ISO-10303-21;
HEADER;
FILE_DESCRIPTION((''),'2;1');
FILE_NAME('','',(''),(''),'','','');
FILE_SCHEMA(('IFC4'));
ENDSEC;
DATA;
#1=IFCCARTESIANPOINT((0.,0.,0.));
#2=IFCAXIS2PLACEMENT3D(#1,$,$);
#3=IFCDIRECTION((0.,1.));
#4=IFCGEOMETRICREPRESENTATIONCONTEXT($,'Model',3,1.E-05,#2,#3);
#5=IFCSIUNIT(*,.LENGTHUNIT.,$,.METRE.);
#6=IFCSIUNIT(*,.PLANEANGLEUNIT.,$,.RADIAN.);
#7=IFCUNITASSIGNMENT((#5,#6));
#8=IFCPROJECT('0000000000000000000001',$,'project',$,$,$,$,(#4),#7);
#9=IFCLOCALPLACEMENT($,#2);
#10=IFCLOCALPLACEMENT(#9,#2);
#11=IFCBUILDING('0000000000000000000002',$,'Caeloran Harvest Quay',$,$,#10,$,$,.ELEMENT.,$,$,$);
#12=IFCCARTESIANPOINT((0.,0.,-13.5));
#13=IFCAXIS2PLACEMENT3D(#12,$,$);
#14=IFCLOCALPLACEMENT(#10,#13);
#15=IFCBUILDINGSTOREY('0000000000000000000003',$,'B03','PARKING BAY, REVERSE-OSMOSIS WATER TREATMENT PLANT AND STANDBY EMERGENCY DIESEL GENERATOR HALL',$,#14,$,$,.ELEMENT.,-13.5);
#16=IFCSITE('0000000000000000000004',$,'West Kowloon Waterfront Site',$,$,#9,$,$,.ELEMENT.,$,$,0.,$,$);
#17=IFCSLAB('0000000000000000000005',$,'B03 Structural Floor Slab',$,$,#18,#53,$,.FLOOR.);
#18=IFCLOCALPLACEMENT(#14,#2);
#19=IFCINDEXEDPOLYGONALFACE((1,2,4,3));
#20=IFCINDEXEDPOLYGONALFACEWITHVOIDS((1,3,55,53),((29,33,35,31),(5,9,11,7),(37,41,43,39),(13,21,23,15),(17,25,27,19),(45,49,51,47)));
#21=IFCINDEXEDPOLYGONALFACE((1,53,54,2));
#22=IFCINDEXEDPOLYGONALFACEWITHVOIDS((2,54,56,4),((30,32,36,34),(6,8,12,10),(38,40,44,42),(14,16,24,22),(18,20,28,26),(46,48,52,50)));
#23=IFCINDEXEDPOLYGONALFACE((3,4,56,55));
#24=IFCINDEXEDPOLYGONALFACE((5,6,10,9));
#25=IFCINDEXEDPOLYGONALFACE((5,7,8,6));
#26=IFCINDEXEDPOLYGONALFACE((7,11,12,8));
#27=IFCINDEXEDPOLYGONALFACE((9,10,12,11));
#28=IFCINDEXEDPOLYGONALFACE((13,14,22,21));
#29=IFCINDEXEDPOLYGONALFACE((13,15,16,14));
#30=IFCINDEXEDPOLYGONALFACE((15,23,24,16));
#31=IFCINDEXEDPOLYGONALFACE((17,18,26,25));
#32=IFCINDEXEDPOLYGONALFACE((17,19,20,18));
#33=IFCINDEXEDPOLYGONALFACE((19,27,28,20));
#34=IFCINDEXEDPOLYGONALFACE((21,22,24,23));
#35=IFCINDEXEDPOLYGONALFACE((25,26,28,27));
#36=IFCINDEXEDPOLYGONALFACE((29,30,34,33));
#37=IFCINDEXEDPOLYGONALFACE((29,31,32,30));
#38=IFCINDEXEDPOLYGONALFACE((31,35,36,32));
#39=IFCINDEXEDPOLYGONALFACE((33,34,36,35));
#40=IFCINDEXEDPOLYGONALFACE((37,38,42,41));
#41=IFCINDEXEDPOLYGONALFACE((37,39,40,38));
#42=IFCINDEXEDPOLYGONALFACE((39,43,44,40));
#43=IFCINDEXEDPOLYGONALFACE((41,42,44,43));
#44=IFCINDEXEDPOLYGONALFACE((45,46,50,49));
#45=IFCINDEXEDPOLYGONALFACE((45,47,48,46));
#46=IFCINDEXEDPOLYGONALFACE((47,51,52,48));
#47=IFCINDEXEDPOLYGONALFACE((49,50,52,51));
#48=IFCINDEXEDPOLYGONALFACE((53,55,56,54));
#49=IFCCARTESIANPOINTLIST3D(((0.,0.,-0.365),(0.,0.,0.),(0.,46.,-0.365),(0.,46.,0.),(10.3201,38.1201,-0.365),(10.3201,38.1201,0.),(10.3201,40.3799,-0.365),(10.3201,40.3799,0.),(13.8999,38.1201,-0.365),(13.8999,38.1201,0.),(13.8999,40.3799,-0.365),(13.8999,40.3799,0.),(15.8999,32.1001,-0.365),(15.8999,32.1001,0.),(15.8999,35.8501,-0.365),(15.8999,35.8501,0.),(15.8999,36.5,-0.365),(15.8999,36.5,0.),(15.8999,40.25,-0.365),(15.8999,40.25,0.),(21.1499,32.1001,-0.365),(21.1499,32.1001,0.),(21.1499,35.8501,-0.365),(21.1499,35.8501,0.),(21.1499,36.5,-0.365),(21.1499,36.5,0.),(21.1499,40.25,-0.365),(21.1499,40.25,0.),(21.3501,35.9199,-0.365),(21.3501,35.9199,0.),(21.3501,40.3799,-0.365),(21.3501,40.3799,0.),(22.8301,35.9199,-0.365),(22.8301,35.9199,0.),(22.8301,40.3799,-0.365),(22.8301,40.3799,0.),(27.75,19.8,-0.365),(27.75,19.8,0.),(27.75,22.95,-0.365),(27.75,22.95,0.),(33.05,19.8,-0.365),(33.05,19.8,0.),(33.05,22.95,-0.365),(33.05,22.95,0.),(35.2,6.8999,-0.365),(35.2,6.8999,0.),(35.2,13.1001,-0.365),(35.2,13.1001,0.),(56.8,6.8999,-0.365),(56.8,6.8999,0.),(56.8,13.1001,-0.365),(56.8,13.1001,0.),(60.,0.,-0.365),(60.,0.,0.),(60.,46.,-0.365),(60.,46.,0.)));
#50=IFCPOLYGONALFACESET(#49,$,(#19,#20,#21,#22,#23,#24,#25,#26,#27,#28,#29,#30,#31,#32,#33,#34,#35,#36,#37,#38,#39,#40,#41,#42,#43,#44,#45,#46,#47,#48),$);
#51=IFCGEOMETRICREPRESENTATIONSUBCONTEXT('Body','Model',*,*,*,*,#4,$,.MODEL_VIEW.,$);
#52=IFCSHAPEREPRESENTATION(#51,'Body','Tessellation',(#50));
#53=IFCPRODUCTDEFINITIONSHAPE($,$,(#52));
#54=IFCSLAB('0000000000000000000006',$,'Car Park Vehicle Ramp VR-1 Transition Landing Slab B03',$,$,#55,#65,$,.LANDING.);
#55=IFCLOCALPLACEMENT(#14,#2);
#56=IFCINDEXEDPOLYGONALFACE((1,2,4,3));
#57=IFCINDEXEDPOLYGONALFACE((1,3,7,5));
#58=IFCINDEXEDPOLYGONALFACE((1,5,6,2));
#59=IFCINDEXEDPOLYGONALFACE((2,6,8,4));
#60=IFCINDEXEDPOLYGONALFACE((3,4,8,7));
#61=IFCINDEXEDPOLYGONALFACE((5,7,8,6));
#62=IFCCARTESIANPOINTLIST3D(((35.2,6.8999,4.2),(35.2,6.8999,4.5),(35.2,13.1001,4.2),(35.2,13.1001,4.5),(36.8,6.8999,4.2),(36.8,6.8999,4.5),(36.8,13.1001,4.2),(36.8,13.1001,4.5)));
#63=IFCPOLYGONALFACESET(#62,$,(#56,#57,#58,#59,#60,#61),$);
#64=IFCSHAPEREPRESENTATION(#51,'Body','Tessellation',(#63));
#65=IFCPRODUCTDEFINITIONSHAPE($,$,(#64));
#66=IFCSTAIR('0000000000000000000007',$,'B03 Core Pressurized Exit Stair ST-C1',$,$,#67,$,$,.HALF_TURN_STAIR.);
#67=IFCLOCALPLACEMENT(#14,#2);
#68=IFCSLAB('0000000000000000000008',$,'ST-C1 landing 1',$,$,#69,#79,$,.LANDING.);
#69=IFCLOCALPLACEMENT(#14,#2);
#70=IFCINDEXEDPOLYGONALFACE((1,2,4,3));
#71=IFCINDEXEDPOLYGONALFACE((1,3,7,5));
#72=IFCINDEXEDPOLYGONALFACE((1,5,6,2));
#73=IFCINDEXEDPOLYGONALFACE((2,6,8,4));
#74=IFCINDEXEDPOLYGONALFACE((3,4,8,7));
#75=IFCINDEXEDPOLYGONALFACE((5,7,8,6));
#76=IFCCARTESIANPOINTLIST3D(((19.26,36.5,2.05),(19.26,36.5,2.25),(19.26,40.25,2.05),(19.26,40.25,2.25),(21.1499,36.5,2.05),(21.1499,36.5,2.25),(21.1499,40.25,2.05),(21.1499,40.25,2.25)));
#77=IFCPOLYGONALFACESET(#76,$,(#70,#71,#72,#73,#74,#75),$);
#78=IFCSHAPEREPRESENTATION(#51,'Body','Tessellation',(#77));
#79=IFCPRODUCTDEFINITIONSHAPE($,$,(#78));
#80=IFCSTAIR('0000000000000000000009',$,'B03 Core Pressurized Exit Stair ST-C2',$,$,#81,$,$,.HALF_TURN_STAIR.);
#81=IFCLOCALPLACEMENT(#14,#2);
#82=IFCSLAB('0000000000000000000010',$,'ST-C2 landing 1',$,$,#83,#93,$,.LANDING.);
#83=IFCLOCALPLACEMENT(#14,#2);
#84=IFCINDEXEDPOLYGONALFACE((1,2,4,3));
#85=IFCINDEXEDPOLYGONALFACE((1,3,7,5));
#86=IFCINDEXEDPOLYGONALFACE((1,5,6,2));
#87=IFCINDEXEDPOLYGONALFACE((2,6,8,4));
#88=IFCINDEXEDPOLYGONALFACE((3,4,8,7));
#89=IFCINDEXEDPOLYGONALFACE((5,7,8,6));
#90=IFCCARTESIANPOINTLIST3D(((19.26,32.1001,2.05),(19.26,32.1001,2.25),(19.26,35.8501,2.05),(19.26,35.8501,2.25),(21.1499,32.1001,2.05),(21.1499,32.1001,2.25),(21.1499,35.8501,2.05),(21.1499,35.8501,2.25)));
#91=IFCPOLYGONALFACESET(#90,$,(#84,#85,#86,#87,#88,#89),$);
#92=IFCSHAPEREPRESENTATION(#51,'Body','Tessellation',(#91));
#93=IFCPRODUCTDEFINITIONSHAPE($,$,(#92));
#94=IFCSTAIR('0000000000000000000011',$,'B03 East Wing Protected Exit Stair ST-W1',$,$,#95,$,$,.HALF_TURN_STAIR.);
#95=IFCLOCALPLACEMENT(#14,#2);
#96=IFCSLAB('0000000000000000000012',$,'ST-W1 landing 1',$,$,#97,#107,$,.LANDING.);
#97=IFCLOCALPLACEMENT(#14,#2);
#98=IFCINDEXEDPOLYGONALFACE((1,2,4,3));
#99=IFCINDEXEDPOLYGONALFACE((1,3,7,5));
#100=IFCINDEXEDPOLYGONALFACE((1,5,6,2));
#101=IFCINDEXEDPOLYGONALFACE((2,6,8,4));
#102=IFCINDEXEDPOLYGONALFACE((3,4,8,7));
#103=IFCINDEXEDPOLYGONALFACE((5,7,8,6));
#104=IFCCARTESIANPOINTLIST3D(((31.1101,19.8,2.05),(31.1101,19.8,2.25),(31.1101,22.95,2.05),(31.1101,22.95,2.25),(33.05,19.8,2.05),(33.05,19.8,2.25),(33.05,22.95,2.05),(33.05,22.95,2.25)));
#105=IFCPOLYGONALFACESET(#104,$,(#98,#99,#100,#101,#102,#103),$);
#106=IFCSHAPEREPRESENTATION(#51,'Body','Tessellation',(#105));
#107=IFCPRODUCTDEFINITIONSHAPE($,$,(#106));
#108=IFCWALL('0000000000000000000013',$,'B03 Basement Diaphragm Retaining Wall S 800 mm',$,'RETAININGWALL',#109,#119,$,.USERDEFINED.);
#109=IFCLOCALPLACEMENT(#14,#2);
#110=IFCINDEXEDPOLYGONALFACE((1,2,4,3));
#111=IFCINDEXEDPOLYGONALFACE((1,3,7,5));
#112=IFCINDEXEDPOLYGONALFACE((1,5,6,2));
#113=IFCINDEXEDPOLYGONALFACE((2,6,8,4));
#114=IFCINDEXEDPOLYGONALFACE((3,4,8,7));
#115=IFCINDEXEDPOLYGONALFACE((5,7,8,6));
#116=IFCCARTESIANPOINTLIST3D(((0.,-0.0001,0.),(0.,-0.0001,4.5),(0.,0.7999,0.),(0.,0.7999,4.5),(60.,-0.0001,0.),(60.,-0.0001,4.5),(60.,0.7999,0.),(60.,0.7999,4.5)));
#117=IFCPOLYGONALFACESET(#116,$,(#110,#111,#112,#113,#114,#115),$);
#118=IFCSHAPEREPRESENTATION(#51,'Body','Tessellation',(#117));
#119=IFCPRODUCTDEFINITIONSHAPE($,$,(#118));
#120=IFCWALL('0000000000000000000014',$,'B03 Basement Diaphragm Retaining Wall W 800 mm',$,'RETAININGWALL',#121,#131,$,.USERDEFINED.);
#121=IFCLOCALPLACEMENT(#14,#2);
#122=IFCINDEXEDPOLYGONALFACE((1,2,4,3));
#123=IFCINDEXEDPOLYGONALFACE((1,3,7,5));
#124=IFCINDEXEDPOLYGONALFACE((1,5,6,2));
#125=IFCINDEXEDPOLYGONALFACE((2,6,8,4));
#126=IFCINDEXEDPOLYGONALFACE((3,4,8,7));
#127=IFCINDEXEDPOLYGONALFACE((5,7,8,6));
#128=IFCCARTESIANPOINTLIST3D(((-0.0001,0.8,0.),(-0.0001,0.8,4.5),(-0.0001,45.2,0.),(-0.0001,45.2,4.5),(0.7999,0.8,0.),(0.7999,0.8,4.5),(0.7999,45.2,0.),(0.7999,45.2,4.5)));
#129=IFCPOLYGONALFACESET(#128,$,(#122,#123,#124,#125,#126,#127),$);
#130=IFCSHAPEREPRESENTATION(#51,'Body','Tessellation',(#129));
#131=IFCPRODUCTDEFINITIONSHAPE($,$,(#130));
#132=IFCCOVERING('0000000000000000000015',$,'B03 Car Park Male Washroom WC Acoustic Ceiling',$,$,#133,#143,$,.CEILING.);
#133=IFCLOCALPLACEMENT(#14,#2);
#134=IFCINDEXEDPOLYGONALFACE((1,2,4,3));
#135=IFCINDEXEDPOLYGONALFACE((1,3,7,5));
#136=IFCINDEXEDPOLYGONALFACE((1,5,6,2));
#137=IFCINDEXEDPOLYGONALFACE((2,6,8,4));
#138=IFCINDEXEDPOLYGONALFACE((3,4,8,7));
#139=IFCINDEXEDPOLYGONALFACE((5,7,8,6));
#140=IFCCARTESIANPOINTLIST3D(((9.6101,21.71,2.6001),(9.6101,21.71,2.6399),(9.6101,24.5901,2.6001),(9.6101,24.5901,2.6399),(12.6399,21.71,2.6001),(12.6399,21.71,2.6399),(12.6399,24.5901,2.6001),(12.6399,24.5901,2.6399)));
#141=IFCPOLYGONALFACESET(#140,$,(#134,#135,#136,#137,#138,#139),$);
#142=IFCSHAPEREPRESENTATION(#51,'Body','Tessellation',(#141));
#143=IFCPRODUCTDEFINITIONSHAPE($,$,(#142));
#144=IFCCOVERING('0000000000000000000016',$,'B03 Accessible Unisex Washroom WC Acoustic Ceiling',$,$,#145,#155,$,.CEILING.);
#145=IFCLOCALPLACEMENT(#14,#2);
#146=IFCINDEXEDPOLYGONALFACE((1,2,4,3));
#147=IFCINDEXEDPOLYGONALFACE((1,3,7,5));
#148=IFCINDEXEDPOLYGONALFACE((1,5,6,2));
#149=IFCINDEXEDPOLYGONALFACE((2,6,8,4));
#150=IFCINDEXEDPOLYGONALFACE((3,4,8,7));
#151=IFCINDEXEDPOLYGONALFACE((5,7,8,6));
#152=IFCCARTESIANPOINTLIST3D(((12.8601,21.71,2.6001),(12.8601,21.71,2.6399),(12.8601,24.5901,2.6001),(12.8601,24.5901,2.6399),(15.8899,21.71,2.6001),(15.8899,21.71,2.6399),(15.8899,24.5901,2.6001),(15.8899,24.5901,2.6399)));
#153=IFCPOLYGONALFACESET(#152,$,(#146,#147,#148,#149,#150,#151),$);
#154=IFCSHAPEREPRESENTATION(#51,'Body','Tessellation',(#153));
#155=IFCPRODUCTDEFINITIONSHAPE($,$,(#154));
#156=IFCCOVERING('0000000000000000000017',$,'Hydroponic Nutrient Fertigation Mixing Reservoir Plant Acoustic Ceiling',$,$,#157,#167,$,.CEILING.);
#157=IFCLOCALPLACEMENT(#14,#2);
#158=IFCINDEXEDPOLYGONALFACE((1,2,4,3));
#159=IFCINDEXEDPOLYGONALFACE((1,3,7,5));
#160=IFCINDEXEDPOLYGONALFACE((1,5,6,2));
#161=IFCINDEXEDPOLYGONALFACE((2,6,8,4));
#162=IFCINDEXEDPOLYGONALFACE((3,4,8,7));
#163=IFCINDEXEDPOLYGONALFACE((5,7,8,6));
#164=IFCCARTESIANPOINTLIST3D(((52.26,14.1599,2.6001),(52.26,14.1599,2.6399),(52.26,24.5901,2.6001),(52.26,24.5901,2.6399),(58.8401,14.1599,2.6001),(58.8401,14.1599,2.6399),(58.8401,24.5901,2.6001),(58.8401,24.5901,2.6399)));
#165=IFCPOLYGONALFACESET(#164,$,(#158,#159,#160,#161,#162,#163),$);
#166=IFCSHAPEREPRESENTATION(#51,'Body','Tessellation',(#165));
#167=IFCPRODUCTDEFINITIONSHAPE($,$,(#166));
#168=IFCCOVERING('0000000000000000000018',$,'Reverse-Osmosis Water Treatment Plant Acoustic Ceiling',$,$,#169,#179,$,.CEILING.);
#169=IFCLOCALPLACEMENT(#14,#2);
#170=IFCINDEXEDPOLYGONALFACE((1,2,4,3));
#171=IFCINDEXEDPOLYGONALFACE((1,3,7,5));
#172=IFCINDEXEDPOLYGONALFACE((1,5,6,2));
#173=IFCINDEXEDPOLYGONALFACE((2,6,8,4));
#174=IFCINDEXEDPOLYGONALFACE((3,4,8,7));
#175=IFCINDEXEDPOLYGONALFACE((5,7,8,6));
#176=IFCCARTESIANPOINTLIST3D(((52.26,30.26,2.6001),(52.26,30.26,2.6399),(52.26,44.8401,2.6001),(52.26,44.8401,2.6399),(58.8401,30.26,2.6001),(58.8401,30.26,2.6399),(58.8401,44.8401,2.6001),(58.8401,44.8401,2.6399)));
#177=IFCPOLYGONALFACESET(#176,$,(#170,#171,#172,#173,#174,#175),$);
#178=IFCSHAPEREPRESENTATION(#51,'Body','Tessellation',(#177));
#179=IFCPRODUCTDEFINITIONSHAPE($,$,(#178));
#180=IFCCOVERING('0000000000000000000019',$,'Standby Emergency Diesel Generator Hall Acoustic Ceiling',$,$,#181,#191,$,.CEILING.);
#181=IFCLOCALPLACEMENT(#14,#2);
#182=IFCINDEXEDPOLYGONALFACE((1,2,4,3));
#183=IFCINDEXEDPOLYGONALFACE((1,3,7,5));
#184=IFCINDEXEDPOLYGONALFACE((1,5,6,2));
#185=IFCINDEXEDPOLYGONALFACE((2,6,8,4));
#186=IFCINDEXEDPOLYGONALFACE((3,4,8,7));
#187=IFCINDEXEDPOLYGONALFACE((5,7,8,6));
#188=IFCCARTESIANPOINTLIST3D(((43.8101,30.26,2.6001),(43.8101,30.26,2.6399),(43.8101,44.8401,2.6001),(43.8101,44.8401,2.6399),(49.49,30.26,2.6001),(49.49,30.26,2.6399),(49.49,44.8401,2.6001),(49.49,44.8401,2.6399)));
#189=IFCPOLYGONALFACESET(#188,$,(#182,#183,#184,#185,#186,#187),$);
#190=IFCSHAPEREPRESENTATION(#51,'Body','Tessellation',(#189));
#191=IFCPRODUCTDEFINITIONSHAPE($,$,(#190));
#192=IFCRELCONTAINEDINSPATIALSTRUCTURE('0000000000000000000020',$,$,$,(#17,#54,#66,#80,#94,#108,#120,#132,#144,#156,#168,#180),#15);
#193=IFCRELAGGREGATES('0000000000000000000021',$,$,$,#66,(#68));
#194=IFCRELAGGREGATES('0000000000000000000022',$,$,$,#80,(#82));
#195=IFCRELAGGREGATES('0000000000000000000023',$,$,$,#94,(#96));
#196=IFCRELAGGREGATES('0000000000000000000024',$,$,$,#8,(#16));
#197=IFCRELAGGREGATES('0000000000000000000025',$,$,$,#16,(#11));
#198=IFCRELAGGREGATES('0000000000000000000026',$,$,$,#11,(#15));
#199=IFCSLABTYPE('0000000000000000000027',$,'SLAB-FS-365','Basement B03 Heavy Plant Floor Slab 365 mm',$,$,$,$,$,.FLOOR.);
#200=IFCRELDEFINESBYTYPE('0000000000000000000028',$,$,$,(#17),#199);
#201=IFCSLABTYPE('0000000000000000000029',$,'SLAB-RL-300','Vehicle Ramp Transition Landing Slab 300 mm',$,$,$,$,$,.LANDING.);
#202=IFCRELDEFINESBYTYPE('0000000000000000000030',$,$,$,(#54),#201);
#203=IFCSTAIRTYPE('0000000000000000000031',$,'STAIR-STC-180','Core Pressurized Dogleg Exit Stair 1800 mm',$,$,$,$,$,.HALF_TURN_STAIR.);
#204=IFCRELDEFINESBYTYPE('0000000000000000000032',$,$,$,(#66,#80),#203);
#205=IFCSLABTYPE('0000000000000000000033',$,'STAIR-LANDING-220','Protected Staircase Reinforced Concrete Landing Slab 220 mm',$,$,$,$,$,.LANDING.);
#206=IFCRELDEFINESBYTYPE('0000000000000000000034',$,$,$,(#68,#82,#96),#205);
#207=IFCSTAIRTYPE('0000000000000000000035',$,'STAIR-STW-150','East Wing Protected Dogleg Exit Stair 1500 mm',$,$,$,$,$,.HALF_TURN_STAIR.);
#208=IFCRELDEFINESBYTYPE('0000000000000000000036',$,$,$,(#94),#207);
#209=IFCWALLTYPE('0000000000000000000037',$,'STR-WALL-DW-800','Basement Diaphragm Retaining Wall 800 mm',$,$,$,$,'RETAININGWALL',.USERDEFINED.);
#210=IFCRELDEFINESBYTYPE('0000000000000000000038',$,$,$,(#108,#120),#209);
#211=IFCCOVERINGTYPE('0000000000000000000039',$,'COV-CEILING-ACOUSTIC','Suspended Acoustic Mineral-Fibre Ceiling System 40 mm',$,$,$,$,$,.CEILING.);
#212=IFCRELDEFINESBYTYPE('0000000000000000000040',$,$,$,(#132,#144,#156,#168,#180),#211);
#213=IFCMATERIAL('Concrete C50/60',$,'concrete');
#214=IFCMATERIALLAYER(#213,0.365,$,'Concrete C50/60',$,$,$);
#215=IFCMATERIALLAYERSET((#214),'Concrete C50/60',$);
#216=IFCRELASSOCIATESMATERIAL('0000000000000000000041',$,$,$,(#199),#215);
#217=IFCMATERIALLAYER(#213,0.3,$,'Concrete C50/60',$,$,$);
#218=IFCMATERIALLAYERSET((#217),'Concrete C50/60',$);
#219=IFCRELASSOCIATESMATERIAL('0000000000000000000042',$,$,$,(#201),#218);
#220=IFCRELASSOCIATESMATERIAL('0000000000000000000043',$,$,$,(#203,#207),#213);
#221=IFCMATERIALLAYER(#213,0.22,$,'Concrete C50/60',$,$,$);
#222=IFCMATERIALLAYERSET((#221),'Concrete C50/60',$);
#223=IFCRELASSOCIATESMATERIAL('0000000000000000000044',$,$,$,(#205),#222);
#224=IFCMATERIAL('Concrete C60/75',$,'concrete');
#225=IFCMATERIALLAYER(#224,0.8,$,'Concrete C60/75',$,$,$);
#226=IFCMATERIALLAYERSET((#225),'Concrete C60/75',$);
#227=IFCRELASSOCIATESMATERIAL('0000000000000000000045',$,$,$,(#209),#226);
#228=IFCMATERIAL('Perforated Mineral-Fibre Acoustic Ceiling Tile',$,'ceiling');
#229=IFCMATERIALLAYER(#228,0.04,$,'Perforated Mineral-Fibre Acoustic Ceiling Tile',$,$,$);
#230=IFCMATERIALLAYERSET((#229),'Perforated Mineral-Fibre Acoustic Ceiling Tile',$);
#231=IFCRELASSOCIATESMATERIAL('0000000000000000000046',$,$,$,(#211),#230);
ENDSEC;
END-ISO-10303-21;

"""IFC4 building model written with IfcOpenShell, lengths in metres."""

from ifc_helpers import new_model, si_unit, direction, frame, frame_2d, origin, place, context, subcontext, project, spatial, polyline, rectangle, outline, extrude, material, layer, layer_set, type_object, element, aggregate, save


model = new_model("IFC4")

# Units and contexts
model_context = context("Model", 3, precision=1e-05, world=origin(), true_north=direction((0.0, 1.0)))
body_context = subcontext(model_context, "Body", "Model", "MODEL_VIEW")
ifc_project = project(units=[si_unit("LENGTHUNIT", "METRE"), si_unit("PLANEANGLEUNIT", "RADIAN")], contexts=[model_context])

# Site, building, storey
site_placement = place(None, origin())
site = spatial("IfcSite", under=ifc_project, at=site_placement, Name="West Kowloon Waterfront Site", CompositionType="ELEMENT", RefElevation=0.0)
building_placement = place(site_placement, origin())
building = spatial("IfcBuilding", under=site, at=building_placement, Name="Caeloran Harvest Quay", CompositionType="ELEMENT")
storey_placement = place(building_placement, frame((0.0, 0.0, -13.5)))
storey = spatial("IfcBuildingStorey", under=building, at=storey_placement, Name="B03", Description="PARKING BAY, REVERSE-OSMOSIS WATER TREATMENT PLANT AND STANDBY EMERGENCY DIESEL GENERATOR HALL", CompositionType="ELEMENT", Elevation=-13.5)

# Slabs
ifc_material_1 = material(Name="Concrete C50/60", Category="concrete")
ifc_layer_1 = layer(ifc_material_1, 0.365, Name="Concrete C50/60")
ifc_layer_set_1 = layer_set([ifc_layer_1], Name="Concrete C50/60")
slab_type_1 = type_object("IfcSlabType", Name="SLAB-FS-365", Description="Basement B03 Heavy Plant Floor Slab 365 mm", PredefinedType="FLOOR", material=ifc_layer_set_1)
slab_1_placement = place(storey_placement, frame((0.0, 0.0, -0.365)))
element("IfcSlab", 1, at=slab_1_placement, inside=storey, type_object=slab_type_1, Name="B03 Structural Floor Slab", PredefinedType="FLOOR", context=body_context, shape_type="SweptSolid", body=[
    extrude(outline(polyline([(0.0, 0.0), (60.0, 0.0), (60.0, 46.0), (0.0, 46.0), (0.0, 0.0)]), holes=[polyline([(56.8, 13.1001), (56.8, 6.8999), (35.2, 6.8999), (35.2, 13.1001), (56.8, 13.1001)]), polyline([(27.75, 19.8), (27.75, 22.95), (33.05, 22.95), (33.05, 19.8), (27.75, 19.8)]), polyline([(15.8999, 32.1001), (15.8999, 35.8501), (21.1499, 35.8501), (21.1499, 32.1001), (15.8999, 32.1001)]), polyline([(22.8301, 40.3799), (22.8301, 35.9199), (21.3501, 35.9199), (21.3501, 40.3799), (22.8301, 40.3799)]), polyline([(15.8999, 36.5), (15.8999, 40.25), (21.1499, 40.25), (21.1499, 36.5), (15.8999, 36.5)]), polyline([(13.8999, 38.1201), (10.3201, 38.1201), (10.3201, 40.3799), (13.8999, 40.3799), (13.8999, 38.1201)])]), origin(), (0.0, 0.0, 1.0), 0.365),
])
ifc_layer_2 = layer(ifc_material_1, 0.3, Name="Concrete C50/60")
ifc_layer_set_2 = layer_set([ifc_layer_2], Name="Concrete C50/60")
slab_type_2 = type_object("IfcSlabType", Name="SLAB-RL-300", Description="Vehicle Ramp Transition Landing Slab 300 mm", PredefinedType="LANDING", material=ifc_layer_set_2)
slab_2_placement = place(storey_placement, frame((0.0, 0.0, 4.2)))
element("IfcSlab", 2, at=slab_2_placement, inside=storey, type_object=slab_type_2, Name="Car Park Vehicle Ramp VR-1 Transition Landing Slab B03", PredefinedType="LANDING", context=body_context, shape_type="SweptSolid", body=[
    extrude(outline(polyline([(35.2, 6.8999), (36.8, 6.8999), (36.8, 13.1001), (35.2, 13.1001), (35.2, 6.8999)])), origin(), (0.0, 0.0, 1.0), 0.3),
])

# Stairs, slabs
stair_type_1 = type_object("IfcStairType", Name="STAIR-STC-180", Description="Core Pressurized Dogleg Exit Stair 1800 mm", PredefinedType="HALF_TURN_STAIR", material=ifc_material_1)
stair_1_placement = place(storey_placement, origin())
stair_1 = element("IfcStair", 3, at=stair_1_placement, inside=storey, type_object=stair_type_1, Name="B03 Core Pressurized Exit Stair ST-C1", PredefinedType="HALF_TURN_STAIR")
ifc_layer_3 = layer(ifc_material_1, 0.22, Name="Concrete C50/60")
ifc_layer_set_3 = layer_set([ifc_layer_3], Name="Concrete C50/60")
slab_type_3 = type_object("IfcSlabType", Name="STAIR-LANDING-220", Description="Protected Staircase Reinforced Concrete Landing Slab 220 mm", PredefinedType="LANDING", material=ifc_layer_set_3)
slab_3_placement = place(storey_placement, frame((0.0, 0.0, 2.05)))
slab_3 = element("IfcSlab", 4, at=slab_3_placement, type_object=slab_type_3, Name="ST-C1 landing 1", PredefinedType="LANDING", context=body_context, shape_type="SweptSolid", body=[
    extrude(outline(polyline([(19.26, 36.5), (21.1499, 36.5), (21.1499, 40.25), (19.26, 40.25), (19.26, 36.5)])), origin(), (0.0, 0.0, 1.0), 0.2),
])
aggregate(stair_1, [slab_3])
stair_2_placement = place(storey_placement, origin())
stair_2 = element("IfcStair", 5, at=stair_2_placement, inside=storey, type_object=stair_type_1, Name="B03 Core Pressurized Exit Stair ST-C2", PredefinedType="HALF_TURN_STAIR")
slab_4_placement = place(storey_placement, frame((0.0, 0.0, 2.05)))
slab_4 = element("IfcSlab", 6, at=slab_4_placement, type_object=slab_type_3, Name="ST-C2 landing 1", PredefinedType="LANDING", context=body_context, shape_type="SweptSolid", body=[
    extrude(outline(polyline([(19.26, 32.1001), (21.1499, 32.1001), (21.1499, 35.8501), (19.26, 35.8501), (19.26, 32.1001)])), origin(), (0.0, 0.0, 1.0), 0.2),
])
aggregate(stair_2, [slab_4])
stair_type_2 = type_object("IfcStairType", Name="STAIR-STW-150", Description="East Wing Protected Dogleg Exit Stair 1500 mm", PredefinedType="HALF_TURN_STAIR", material=ifc_material_1)
stair_3_placement = place(storey_placement, origin())
stair_3 = element("IfcStair", 7, at=stair_3_placement, inside=storey, type_object=stair_type_2, Name="B03 East Wing Protected Exit Stair ST-W1", PredefinedType="HALF_TURN_STAIR")
slab_5_placement = place(storey_placement, frame((0.0, 0.0, 2.05)))
slab_5 = element("IfcSlab", 8, at=slab_5_placement, type_object=slab_type_3, Name="ST-W1 landing 1", PredefinedType="LANDING", context=body_context, shape_type="SweptSolid", body=[
    extrude(outline(polyline([(31.1101, 19.8), (33.05, 19.8), (33.05, 22.95), (31.1101, 22.95), (31.1101, 19.8)])), origin(), (0.0, 0.0, 1.0), 0.2),
])
aggregate(stair_3, [slab_5])

# Walls
ifc_material_2 = material(Name="Concrete C60/75", Category="concrete")
ifc_layer_4 = layer(ifc_material_2, 0.8, Name="Concrete C60/75")
ifc_layer_set_4 = layer_set([ifc_layer_4], Name="Concrete C60/75")
wall_type = type_object("IfcWallType", Name="STR-WALL-DW-800", Description="Basement Diaphragm Retaining Wall 800 mm", ElementType="RETAININGWALL", PredefinedType="USERDEFINED", material=ifc_layer_set_4)
wall_1_placement = place(storey_placement, frame((0.0, 0.3999, 0.0), z_axis=(0.0, 0.0, 1.0), x_axis=(1.0, 0.0, 0.0)))
element("IfcWall", 9, at=wall_1_placement, inside=storey, type_object=wall_type, Name="B03 Basement Diaphragm Retaining Wall S 800 mm", ObjectType="RETAININGWALL", PredefinedType="USERDEFINED", context=body_context, shape_type="SweptSolid", body=[
    extrude(rectangle(XDim=60.0, YDim=0.8, at=frame_2d((30.0, 0.0))), origin(), (0.0, 0.0, 1.0), 4.5),
])
wall_2_placement = place(storey_placement, frame((0.3999, 0.8, 0.0), z_axis=(0.0, 0.0, 1.0), x_axis=(0.0, 1.0, 0.0)))
element("IfcWall", 10, at=wall_2_placement, inside=storey, type_object=wall_type, Name="B03 Basement Diaphragm Retaining Wall W 800 mm", ObjectType="RETAININGWALL", PredefinedType="USERDEFINED", context=body_context, shape_type="SweptSolid", body=[
    extrude(rectangle(XDim=44.3999, YDim=0.8, at=frame_2d((22.2, 0.0))), origin(), (0.0, 0.0, 1.0), 4.5),
])

# Coverings
ifc_material_3 = material(Name="Perforated Mineral-Fibre Acoustic Ceiling Tile", Category="ceiling")
ifc_layer_5 = layer(ifc_material_3, 0.04, Name="Perforated Mineral-Fibre Acoustic Ceiling Tile")
ifc_layer_set_5 = layer_set([ifc_layer_5], Name="Perforated Mineral-Fibre Acoustic Ceiling Tile")
covering_type_1 = type_object("IfcCoveringType", Name="COV-CEILING-ACOUSTIC", Description="Suspended Acoustic Mineral-Fibre Ceiling System 40 mm", PredefinedType="CEILING", material=ifc_layer_set_5)
covering_1_placement = place(storey_placement, frame((0.0, 0.0, 2.6001)))
element("IfcCovering", 11, at=covering_1_placement, inside=storey, type_object=covering_type_1, Name="B03 Car Park Male Washroom WC Acoustic Ceiling", PredefinedType="CEILING", context=body_context, shape_type="SweptSolid", body=[
    extrude(outline(polyline([(12.6399, 24.5901), (12.6399, 21.71), (9.6101, 21.71), (9.6101, 24.5901), (12.6399, 24.5901)])), origin(), (0.0, 0.0, 1.0), 0.0398),
])
covering_2_placement = place(storey_placement, frame((0.0, 0.0, 2.6001)))
element("IfcCovering", 12, at=covering_2_placement, inside=storey, type_object=covering_type_1, Name="B03 Accessible Unisex Washroom WC Acoustic Ceiling", PredefinedType="CEILING", context=body_context, shape_type="SweptSolid", body=[
    extrude(outline(polyline([(15.8899, 24.5901), (15.8899, 21.71), (12.8601, 21.71), (12.8601, 24.5901), (15.8899, 24.5901)])), origin(), (0.0, 0.0, 1.0), 0.0398),
])
covering_3_placement = place(storey_placement, frame((0.0, 0.0, 2.6001)))
element("IfcCovering", 13, at=covering_3_placement, inside=storey, type_object=covering_type_1, Name="Hydroponic Nutrient Fertigation Mixing Reservoir Plant Acoustic Ceiling", PredefinedType="CEILING", context=body_context, shape_type="SweptSolid", body=[
    extrude(outline(polyline([(58.8401, 24.5901), (58.8401, 14.1599), (52.26, 14.1599), (52.26, 24.5901), (58.8401, 24.5901)])), origin(), (0.0, 0.0, 1.0), 0.0398),
])
covering_4_placement = place(storey_placement, frame((0.0, 0.0, 2.6001)))
element("IfcCovering", 14, at=covering_4_placement, inside=storey, type_object=covering_type_1, Name="Reverse-Osmosis Water Treatment Plant Acoustic Ceiling", PredefinedType="CEILING", context=body_context, shape_type="SweptSolid", body=[
    extrude(outline(polyline([(58.8401, 44.8401), (58.8401, 30.26), (52.26, 30.26), (52.26, 44.8401), (58.8401, 44.8401)])), origin(), (0.0, 0.0, 1.0), 0.0398),
])
covering_5_placement = place(storey_placement, frame((0.0, 0.0, 2.6001)))
element("IfcCovering", 15, at=covering_5_placement, inside=storey, type_object=covering_type_1, Name="Standby Emergency Diesel Generator Hall Acoustic Ceiling", PredefinedType="CEILING", context=body_context, shape_type="SweptSolid", body=[
    extrude(outline(polyline([(49.49, 44.8401), (49.49, 30.26), (43.8101, 30.26), (43.8101, 44.8401), (49.49, 44.8401)])), origin(), (0.0, 0.0, 1.0), 0.0398),
])

save(model, "model.ifc")
